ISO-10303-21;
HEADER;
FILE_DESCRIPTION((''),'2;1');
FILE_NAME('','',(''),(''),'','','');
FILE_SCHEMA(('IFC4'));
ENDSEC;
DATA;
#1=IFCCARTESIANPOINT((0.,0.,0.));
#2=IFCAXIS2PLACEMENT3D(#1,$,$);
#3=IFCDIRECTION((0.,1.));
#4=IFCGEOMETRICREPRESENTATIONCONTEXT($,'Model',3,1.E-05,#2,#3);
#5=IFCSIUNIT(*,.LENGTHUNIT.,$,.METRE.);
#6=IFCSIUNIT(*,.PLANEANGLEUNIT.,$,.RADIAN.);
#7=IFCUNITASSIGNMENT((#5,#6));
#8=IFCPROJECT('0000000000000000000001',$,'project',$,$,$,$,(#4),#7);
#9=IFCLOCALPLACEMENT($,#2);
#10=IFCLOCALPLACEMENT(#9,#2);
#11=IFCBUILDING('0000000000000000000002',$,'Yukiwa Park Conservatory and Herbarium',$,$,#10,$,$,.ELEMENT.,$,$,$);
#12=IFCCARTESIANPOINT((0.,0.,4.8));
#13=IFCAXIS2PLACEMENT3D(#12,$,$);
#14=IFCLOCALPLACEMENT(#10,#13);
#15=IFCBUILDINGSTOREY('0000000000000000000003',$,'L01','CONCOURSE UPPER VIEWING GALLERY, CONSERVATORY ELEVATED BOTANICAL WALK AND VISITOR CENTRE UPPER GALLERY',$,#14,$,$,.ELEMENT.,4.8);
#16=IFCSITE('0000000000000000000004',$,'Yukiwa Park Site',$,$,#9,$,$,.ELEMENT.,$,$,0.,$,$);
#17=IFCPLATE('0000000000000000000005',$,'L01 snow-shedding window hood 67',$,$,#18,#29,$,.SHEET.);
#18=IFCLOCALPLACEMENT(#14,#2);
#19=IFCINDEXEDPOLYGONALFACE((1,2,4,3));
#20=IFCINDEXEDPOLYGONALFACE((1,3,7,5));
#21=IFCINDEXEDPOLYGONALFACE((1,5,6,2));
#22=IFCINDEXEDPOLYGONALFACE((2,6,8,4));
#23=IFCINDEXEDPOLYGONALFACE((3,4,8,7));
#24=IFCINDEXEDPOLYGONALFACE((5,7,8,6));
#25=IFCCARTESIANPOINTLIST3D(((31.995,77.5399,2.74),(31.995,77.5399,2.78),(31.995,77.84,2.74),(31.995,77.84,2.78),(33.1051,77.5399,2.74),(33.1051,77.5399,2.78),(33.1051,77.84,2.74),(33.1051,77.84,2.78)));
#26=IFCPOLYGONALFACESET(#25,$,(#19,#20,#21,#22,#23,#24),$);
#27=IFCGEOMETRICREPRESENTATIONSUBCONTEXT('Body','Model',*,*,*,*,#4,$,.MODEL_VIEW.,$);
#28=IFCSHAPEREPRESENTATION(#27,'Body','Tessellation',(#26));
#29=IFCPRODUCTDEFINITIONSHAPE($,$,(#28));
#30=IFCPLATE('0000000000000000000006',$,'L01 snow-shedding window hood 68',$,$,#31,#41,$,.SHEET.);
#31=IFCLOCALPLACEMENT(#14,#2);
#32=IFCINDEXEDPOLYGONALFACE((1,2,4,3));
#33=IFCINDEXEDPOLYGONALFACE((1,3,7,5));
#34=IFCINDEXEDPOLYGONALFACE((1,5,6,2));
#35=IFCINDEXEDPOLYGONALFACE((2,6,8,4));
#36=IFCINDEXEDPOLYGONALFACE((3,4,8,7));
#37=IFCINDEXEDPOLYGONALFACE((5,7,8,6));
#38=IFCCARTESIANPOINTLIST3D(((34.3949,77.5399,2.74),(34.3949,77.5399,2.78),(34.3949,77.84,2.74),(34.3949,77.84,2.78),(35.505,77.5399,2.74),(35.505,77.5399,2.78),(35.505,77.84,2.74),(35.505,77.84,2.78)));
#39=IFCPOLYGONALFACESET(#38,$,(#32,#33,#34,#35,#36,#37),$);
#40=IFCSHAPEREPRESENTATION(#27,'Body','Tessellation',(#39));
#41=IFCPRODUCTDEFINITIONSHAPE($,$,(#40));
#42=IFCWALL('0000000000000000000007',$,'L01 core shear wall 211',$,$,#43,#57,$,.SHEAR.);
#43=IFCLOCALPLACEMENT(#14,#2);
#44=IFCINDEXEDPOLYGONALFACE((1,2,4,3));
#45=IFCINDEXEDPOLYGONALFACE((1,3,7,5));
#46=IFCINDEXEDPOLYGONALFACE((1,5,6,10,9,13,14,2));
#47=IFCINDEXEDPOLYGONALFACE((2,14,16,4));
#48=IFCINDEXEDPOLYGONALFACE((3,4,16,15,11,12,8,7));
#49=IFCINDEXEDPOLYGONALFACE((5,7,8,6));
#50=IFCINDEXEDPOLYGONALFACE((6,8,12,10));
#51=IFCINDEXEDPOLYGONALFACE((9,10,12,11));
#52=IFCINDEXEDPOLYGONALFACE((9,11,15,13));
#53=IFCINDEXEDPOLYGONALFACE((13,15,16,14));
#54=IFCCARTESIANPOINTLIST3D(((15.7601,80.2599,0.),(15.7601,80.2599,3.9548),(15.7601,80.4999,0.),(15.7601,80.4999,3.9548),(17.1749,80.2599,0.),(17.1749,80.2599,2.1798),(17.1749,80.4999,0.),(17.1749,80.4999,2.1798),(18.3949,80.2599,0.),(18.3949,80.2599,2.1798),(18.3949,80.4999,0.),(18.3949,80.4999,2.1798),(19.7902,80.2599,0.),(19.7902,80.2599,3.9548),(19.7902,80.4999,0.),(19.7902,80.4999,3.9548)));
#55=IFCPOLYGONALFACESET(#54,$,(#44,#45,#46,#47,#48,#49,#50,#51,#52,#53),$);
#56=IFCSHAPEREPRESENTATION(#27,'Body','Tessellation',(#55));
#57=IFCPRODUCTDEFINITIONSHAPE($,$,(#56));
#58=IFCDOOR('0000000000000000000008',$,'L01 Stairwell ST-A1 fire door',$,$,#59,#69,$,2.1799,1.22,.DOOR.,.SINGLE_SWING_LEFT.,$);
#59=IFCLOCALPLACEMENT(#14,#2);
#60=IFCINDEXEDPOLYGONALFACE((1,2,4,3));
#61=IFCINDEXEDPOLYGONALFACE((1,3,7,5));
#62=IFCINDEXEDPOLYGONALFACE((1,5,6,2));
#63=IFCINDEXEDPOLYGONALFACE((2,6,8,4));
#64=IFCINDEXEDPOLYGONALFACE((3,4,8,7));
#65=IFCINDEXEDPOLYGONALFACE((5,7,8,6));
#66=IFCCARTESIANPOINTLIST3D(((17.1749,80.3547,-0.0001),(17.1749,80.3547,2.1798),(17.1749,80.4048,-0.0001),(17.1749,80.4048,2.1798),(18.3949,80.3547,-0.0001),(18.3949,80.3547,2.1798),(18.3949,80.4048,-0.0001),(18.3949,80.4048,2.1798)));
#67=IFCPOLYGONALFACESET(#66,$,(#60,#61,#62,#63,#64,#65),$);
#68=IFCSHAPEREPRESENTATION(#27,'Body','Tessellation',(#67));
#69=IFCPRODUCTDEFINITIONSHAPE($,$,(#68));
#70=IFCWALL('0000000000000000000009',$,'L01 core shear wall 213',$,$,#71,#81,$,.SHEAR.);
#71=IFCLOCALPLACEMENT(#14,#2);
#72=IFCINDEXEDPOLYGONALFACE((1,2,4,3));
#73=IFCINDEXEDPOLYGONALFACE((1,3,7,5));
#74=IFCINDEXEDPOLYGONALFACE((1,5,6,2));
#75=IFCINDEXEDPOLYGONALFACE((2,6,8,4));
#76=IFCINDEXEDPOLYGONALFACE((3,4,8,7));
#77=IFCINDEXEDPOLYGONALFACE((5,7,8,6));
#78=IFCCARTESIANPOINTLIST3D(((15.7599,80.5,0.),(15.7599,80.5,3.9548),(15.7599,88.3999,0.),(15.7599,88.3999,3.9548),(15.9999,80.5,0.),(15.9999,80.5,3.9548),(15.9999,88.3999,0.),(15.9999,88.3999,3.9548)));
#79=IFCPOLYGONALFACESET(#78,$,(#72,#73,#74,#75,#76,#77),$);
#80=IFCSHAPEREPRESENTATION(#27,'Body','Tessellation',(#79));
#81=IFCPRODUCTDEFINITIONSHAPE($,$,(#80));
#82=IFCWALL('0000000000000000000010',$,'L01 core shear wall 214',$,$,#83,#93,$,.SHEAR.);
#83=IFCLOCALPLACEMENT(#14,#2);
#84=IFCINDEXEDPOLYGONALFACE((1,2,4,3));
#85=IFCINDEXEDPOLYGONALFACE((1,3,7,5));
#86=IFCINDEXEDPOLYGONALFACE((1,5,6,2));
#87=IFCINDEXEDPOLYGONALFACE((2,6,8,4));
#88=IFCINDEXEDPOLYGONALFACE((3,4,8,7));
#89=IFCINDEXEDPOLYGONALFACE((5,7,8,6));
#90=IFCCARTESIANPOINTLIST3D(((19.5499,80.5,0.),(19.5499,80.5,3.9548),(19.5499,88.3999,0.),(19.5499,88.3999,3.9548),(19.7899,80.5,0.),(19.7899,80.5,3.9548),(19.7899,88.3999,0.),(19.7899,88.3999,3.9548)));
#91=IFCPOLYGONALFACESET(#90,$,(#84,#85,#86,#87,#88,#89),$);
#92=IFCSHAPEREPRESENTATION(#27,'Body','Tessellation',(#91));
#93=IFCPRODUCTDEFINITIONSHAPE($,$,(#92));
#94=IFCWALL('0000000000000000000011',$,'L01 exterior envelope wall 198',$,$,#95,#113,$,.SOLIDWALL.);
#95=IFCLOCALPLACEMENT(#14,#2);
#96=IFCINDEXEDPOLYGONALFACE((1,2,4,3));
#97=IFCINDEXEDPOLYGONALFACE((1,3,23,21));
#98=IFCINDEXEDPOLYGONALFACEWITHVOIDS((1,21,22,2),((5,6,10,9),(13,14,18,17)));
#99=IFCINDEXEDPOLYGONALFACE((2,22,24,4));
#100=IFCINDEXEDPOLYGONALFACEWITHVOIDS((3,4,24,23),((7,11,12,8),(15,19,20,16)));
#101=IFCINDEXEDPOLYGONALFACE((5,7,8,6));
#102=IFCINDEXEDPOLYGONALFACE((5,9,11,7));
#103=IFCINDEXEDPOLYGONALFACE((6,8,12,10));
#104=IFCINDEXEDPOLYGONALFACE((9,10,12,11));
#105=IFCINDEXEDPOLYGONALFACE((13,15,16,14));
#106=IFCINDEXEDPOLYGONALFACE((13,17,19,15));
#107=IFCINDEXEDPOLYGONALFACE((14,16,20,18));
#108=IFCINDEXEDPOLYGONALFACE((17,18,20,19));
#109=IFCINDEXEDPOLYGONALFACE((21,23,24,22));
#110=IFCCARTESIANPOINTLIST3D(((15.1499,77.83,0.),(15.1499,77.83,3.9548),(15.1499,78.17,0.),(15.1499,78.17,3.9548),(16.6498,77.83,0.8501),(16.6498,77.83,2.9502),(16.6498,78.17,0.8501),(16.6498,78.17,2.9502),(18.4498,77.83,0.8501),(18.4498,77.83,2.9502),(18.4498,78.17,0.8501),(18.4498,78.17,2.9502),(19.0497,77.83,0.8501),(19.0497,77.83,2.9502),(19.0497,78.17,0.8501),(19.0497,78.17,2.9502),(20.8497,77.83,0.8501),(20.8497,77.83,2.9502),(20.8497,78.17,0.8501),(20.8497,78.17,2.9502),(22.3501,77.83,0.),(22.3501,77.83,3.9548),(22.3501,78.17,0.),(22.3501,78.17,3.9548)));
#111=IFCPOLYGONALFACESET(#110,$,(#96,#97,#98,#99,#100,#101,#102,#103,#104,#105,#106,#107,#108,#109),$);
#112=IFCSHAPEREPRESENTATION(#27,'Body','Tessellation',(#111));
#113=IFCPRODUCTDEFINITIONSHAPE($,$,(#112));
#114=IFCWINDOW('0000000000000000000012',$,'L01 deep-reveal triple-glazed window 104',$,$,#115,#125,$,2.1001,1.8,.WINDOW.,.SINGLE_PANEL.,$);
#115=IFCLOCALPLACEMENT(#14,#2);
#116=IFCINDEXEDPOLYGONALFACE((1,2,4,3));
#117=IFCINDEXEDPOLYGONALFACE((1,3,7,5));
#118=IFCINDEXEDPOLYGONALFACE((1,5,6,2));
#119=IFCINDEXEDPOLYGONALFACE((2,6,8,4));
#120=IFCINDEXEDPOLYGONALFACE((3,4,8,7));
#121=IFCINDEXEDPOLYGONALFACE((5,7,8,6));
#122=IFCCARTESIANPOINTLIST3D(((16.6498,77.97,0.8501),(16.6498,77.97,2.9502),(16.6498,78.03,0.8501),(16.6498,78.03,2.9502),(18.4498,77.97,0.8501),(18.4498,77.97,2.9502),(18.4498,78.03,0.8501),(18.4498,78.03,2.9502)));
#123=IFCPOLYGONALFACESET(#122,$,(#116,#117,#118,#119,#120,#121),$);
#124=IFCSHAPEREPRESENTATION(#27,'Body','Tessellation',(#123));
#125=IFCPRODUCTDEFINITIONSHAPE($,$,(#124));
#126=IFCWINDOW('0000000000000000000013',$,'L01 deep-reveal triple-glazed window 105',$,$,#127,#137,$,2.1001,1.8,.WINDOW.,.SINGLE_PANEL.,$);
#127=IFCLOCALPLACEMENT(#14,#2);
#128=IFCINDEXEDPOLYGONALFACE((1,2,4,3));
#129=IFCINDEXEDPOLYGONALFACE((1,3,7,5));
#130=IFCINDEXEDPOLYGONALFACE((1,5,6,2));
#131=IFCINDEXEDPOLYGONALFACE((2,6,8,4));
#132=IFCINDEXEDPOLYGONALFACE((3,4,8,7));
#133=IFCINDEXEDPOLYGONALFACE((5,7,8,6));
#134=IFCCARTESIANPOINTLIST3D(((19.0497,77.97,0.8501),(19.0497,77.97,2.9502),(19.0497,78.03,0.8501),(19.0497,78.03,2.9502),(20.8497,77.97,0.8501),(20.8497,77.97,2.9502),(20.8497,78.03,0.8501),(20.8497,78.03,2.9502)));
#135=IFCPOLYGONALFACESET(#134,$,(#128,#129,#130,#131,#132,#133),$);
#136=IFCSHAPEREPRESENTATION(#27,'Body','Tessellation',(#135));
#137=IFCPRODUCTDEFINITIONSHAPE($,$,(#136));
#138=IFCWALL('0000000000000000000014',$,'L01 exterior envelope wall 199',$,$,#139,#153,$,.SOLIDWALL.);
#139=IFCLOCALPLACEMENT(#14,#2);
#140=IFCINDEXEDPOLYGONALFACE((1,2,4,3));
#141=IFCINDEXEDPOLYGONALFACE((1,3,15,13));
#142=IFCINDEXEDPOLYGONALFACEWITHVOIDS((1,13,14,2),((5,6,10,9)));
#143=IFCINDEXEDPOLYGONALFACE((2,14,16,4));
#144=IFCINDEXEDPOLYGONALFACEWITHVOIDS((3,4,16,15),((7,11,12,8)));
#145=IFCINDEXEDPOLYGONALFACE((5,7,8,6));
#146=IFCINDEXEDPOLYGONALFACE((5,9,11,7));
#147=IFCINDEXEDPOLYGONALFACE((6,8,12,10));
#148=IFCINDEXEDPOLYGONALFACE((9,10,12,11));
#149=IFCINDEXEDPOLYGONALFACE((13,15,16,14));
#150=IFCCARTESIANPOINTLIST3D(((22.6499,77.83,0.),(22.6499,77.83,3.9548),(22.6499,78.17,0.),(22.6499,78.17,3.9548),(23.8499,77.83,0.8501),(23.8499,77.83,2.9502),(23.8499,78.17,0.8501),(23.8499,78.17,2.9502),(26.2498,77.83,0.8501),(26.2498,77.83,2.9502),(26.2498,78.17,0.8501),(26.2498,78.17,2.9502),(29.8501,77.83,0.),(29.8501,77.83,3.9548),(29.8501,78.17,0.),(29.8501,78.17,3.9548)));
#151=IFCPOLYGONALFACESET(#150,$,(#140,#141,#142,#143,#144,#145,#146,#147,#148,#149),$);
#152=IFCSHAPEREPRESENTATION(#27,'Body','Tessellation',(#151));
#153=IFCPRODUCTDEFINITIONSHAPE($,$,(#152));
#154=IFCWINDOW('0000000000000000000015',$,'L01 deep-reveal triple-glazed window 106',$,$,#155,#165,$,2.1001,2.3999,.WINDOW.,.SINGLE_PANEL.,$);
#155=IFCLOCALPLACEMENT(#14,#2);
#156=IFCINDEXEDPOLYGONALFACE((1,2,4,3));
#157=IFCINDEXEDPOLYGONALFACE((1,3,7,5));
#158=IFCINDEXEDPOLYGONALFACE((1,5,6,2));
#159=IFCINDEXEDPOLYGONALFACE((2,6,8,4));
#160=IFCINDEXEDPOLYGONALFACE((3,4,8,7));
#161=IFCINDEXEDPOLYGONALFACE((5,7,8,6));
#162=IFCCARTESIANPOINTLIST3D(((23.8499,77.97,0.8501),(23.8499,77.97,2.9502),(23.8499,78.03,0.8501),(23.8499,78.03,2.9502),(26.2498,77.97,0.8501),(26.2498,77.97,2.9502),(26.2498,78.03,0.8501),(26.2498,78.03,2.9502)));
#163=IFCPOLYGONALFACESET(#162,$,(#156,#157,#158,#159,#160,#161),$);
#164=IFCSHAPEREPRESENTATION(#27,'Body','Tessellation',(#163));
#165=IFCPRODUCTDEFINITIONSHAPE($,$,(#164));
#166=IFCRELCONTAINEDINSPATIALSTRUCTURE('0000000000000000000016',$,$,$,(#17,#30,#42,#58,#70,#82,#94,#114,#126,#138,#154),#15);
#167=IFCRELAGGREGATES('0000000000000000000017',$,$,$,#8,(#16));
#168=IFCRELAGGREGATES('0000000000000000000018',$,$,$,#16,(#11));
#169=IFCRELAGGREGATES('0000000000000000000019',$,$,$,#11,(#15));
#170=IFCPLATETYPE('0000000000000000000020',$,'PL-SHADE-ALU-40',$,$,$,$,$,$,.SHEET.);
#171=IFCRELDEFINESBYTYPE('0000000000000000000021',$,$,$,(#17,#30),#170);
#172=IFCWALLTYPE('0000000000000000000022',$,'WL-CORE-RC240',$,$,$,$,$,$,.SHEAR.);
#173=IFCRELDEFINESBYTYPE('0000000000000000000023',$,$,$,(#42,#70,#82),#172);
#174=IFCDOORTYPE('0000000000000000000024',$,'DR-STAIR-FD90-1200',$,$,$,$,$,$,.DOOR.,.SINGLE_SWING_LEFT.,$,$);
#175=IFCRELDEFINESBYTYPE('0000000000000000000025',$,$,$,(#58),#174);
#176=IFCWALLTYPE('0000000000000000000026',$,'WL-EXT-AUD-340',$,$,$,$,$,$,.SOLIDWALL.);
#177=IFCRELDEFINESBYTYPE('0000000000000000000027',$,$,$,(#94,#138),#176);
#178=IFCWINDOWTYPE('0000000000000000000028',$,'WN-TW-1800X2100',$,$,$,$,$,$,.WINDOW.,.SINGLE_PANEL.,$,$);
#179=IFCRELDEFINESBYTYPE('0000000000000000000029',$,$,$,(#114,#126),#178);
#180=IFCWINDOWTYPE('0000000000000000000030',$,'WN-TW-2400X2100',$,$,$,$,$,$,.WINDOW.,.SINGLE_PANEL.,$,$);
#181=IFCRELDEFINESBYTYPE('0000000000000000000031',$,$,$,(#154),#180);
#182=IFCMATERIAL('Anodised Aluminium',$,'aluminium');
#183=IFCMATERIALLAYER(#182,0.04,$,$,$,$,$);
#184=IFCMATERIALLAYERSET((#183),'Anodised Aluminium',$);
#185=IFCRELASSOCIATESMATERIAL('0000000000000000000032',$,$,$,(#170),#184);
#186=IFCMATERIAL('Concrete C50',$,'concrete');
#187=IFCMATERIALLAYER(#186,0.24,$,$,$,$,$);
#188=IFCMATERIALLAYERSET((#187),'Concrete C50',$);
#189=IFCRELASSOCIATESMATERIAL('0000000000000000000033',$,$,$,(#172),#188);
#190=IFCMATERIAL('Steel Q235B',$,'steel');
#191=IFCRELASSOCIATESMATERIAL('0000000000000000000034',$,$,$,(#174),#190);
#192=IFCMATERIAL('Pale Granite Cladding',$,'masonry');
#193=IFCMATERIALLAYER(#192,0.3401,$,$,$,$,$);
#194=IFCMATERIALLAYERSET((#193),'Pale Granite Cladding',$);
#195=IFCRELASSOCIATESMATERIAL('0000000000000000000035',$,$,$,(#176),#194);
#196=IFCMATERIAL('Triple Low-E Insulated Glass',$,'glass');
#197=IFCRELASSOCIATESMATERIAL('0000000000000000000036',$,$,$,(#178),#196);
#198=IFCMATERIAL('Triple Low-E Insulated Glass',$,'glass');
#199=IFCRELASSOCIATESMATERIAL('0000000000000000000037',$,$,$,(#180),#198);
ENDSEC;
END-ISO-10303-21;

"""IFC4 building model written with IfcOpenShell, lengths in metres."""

from ifc_helpers import new_model, si_unit, direction, frame, frame_2d, origin, origin_2d, place, context, subcontext, project, spatial, rectangle, extrude, material, layer, layer_set, type_object, element, fill, save


model = new_model("IFC4")

# Units and contexts
model_context = context("Model", 3, precision=1e-05, world=origin(), true_north=direction((0.0, 1.0)))
body_context = subcontext(model_context, "Body", "Model", "MODEL_VIEW")
ifc_project = project(units=[si_unit("LENGTHUNIT", "METRE"), si_unit("PLANEANGLEUNIT", "RADIAN")], contexts=[model_context])

# Site, building, storey
site_placement = place(None, origin())
site = spatial("IfcSite", under=ifc_project, at=site_placement, Name="Yukiwa Park Site", CompositionType="ELEMENT", RefElevation=0.0)
building_placement = place(site_placement, origin())
building = spatial("IfcBuilding", under=site, at=building_placement, Name="Yukiwa Park Conservatory and Herbarium", CompositionType="ELEMENT")
storey_placement = place(building_placement, frame((0.0, 0.0, 4.8)))
storey = spatial("IfcBuildingStorey", under=building, at=storey_placement, Name="L01", Description="CONCOURSE UPPER VIEWING GALLERY, CONSERVATORY ELEVATED BOTANICAL WALK AND VISITOR CENTRE UPPER GALLERY", CompositionType="ELEMENT", Elevation=4.8)

# Plates
ifc_material_1 = material(Name="Anodised Aluminium", Category="aluminium")
ifc_layer_1 = layer(ifc_material_1, 0.04)
ifc_layer_set_1 = layer_set([ifc_layer_1], Name="Anodised Aluminium")
plate_type = type_object("IfcPlateType", Name="PL-SHADE-ALU-40", PredefinedType="SHEET", material=ifc_layer_set_1)
for number, where, z_axis, x_axis, name in (
    (1, (32.55, 77.6899, 2.74), (0.0, 0.0, 1.0), (1.0, 0.0, 0.0), "L01 snow-shedding window hood 67"),
    (2, (34.95, 77.6899, 2.74), (0.0, 0.0, 1.0), (1.0, 0.0, 0.0), "L01 snow-shedding window hood 68"),
):
    element("IfcPlate", number, at=place(storey_placement, frame(where, z_axis=z_axis, x_axis=x_axis)), inside=storey, type_object=plate_type, Name=name, PredefinedType="SHEET", context=body_context, shape_type="SweptSolid", body=[
        extrude(rectangle(XDim=1.1101, YDim=0.3, at=origin_2d()), origin(), (0.0, 0.0, 1.0), 0.04),
    ])

# Wall, opening, door
ifc_material_2 = material(Name="Concrete C50", Category="concrete")
ifc_layer_2 = layer(ifc_material_2, 0.24)
ifc_layer_set_2 = layer_set([ifc_layer_2], Name="Concrete C50")
wall_type_1 = type_object("IfcWallType", Name="WL-CORE-RC240", PredefinedType="SHEAR", material=ifc_layer_set_2)
wall_1_placement = place(storey_placement, frame((15.76, 80.3799, 0.0), z_axis=(0.0, 0.0, 1.0), x_axis=(1.0, 0.0, 0.0)))
wall_1 = element("IfcWall", 3, at=wall_1_placement, inside=storey, type_object=wall_type_1, Name="L01 core shear wall 211", PredefinedType="SHEAR", context=body_context, shape_type="SweptSolid", body=[
    extrude(rectangle(XDim=4.03, YDim=0.24, at=frame_2d((2.0151, 0.0))), origin(), (0.0, 0.0, 1.0), 3.9548),
])
opening_1_placement = place(wall_1_placement, frame((1.415, 0.0, 0.0)))
opening_1 = element("IfcOpeningElement", 4, at=opening_1_placement, cuts=wall_1, PredefinedType="OPENING", context=body_context, shape_type="SweptSolid", body=[
    extrude(rectangle(XDim=1.22, YDim=2.1799, at=frame_2d((0.6099, 1.0898))), frame((0.0, 0.1299, 0.0), z_axis=(0.0, -1.0, 0.0), x_axis=(1.0, 0.0, 0.0)), (0.0, 0.0, 1.0), 0.26),
])
ifc_material_3 = material(Name="Steel Q235B", Category="steel")
door_type = type_object("IfcDoorType", Name="DR-STAIR-FD90-1200", OperationType="SINGLE_SWING_LEFT", PredefinedType="DOOR", material=ifc_material_3)
door_placement = place(opening_1_placement, origin())
door = element("IfcDoor", 5, at=door_placement, inside=storey, type_object=door_type, Name="L01 Stairwell ST-A1 fire door", OperationType="SINGLE_SWING_LEFT", OverallHeight=2.1799, OverallWidth=1.22, PredefinedType="DOOR", context=body_context, shape_type="SweptSolid", body=[
    extrude(rectangle(XDim=1.22, YDim=2.1799, at=frame_2d((0.6099, 1.0898))), frame((0.0, 0.0249, 0.0), z_axis=(0.0, -1.0, 0.0), x_axis=(1.0, 0.0, 0.0)), (0.0, 0.0, 1.0), 0.05),
])
fill(opening_1, door)

# Walls
for number, where, z_axis, x_axis, name in (
    (6, (15.8799, 80.5, 0.0), (0.0, 0.0, 1.0), (0.0, 1.0, 0.0), "L01 core shear wall 213"),
    (7, (19.6699, 80.5, 0.0), (0.0, 0.0, 1.0), (0.0, 1.0, 0.0), "L01 core shear wall 214"),
):
    element("IfcWall", number, at=place(storey_placement, frame(where, z_axis=z_axis, x_axis=x_axis)), inside=storey, type_object=wall_type_1, Name=name, PredefinedType="SHEAR", context=body_context, shape_type="SweptSolid", body=[
        extrude(rectangle(XDim=7.8999, YDim=0.24, at=frame_2d((3.95, 0.0))), origin(), (0.0, 0.0, 1.0), 3.9548),
    ])

# Wall, openings, windows
ifc_material_4 = material(Name="Pale Granite Cladding", Category="masonry")
ifc_layer_3 = layer(ifc_material_4, 0.3401)
ifc_layer_set_3 = layer_set([ifc_layer_3], Name="Pale Granite Cladding")
wall_type_2 = type_object("IfcWallType", Name="WL-EXT-AUD-340", PredefinedType="SOLIDWALL", material=ifc_layer_set_3)
wall_2_placement = place(storey_placement, frame((15.1499, 78.0, 0.0), z_axis=(0.0, 0.0, 1.0), x_axis=(1.0, 0.0, 0.0)))
wall_2 = element("IfcWall", 8, at=wall_2_placement, inside=storey, type_object=wall_type_2, Name="L01 exterior envelope wall 198", PredefinedType="SOLIDWALL", context=body_context, shape_type="SweptSolid", body=[
    extrude(rectangle(XDim=7.2002, YDim=0.3401, at=frame_2d((3.6001, 0.0))), origin(), (0.0, 0.0, 1.0), 3.9548),
])
opening_2_placement = place(wall_2_placement, frame((1.5, 0.0, 0.8501)))
opening_2 = element("IfcOpeningElement", 9, at=opening_2_placement, cuts=wall_2, PredefinedType="OPENING", context=body_context, shape_type="SweptSolid", body=[
    extrude(rectangle(XDim=1.8, YDim=2.1001, at=frame_2d((0.8999, 1.05))), frame((0.0, 0.1802, 0.0), z_axis=(0.0, -1.0, 0.0), x_axis=(1.0, 0.0, 0.0)), (0.0, 0.0, 1.0), 0.3601),
])
opening_3_placement = place(wall_2_placement, frame((3.8999, 0.0, 0.8501)))
opening_3 = element("IfcOpeningElement", 10, at=opening_3_placement, cuts=wall_2, PredefinedType="OPENING", context=body_context, shape_type="SweptSolid", body=[
    extrude(rectangle(XDim=1.8, YDim=2.1001, at=frame_2d((0.8999, 1.05))), frame((0.0, 0.1802, 0.0), z_axis=(0.0, -1.0, 0.0), x_axis=(1.0, 0.0, 0.0)), (0.0, 0.0, 1.0), 0.3601),
])
ifc_material_5 = material(Name="Triple Low-E Insulated Glass", Category="glass")
window_type_1 = type_object("IfcWindowType", Name="WN-TW-1800X2100", PartitioningType="SINGLE_PANEL", PredefinedType="WINDOW", material=ifc_material_5)
window_1_placement = place(opening_2_placement, origin())
window_1 = element("IfcWindow", 11, at=window_1_placement, inside=storey, type_object=window_type_1, Name="L01 deep-reveal triple-glazed window 104", OverallHeight=2.1001, OverallWidth=1.8, PartitioningType="SINGLE_PANEL", PredefinedType="WINDOW", context=body_context, shape_type="SweptSolid", body=[
    extrude(rectangle(XDim=1.8, YDim=2.1001, at=frame_2d((0.8999, 1.05))), frame((0.0, 0.03, 0.0), z_axis=(0.0, -1.0, 0.0), x_axis=(1.0, 0.0, 0.0)), (0.0, 0.0, 1.0), 0.0601),
])
fill(opening_2, window_1)
window_2_placement = place(opening_3_placement, origin())
window_2 = element("IfcWindow", 12, at=window_2_placement, inside=storey, type_object=window_type_1, Name="L01 deep-reveal triple-glazed window 105", OverallHeight=2.1001, OverallWidth=1.8, PartitioningType="SINGLE_PANEL", PredefinedType="WINDOW", context=body_context, shape_type="SweptSolid", body=[
    extrude(rectangle(XDim=1.8, YDim=2.1001, at=frame_2d((0.8999, 1.05))), frame((0.0, 0.03, 0.0), z_axis=(0.0, -1.0, 0.0), x_axis=(1.0, 0.0, 0.0)), (0.0, 0.0, 1.0), 0.0601),
])
fill(opening_3, window_2)

# Wall, opening, window
wall_3_placement = place(storey_placement, frame((22.6499, 78.0, 0.0), z_axis=(0.0, 0.0, 1.0), x_axis=(1.0, 0.0, 0.0)))
wall_3 = element("IfcWall", 13, at=wall_3_placement, inside=storey, type_object=wall_type_2, Name="L01 exterior envelope wall 199", PredefinedType="SOLIDWALL", context=body_context, shape_type="SweptSolid", body=[
    extrude(rectangle(XDim=7.2002, YDim=0.3401, at=frame_2d((3.6001, 0.0))), origin(), (0.0, 0.0, 1.0), 3.9548),
])
opening_4_placement = place(wall_3_placement, frame((1.2, 0.0, 0.8501)))
opening_4 = element("IfcOpeningElement", 14, at=opening_4_placement, cuts=wall_3, PredefinedType="OPENING", context=body_context, shape_type="SweptSolid", body=[
    extrude(rectangle(XDim=2.3999, YDim=2.1001, at=frame_2d((1.2, 1.05))), frame((0.0, 0.1802, 0.0), z_axis=(0.0, -1.0, 0.0), x_axis=(1.0, 0.0, 0.0)), (0.0, 0.0, 1.0), 0.3601),
])
ifc_material_6 = material(Name="Triple Low-E Insulated Glass", Category="glass")
window_type_2 = type_object("IfcWindowType", Name="WN-TW-2400X2100", PartitioningType="SINGLE_PANEL", PredefinedType="WINDOW", material=ifc_material_6)
window_3_placement = place(opening_4_placement, origin())
window_3 = element("IfcWindow", 15, at=window_3_placement, inside=storey, type_object=window_type_2, Name="L01 deep-reveal triple-glazed window 106", OverallHeight=2.1001, OverallWidth=2.3999, PartitioningType="SINGLE_PANEL", PredefinedType="WINDOW", context=body_context, shape_type="SweptSolid", body=[
    extrude(rectangle(XDim=2.3999, YDim=2.1001, at=frame_2d((1.2, 1.05))), frame((0.0, 0.03, 0.0), z_axis=(0.0, -1.0, 0.0), x_axis=(1.0, 0.0, 0.0)), (0.0, 0.0, 1.0), 0.0601),
])
fill(opening_4, window_3)

save(model, "model.ifc")
